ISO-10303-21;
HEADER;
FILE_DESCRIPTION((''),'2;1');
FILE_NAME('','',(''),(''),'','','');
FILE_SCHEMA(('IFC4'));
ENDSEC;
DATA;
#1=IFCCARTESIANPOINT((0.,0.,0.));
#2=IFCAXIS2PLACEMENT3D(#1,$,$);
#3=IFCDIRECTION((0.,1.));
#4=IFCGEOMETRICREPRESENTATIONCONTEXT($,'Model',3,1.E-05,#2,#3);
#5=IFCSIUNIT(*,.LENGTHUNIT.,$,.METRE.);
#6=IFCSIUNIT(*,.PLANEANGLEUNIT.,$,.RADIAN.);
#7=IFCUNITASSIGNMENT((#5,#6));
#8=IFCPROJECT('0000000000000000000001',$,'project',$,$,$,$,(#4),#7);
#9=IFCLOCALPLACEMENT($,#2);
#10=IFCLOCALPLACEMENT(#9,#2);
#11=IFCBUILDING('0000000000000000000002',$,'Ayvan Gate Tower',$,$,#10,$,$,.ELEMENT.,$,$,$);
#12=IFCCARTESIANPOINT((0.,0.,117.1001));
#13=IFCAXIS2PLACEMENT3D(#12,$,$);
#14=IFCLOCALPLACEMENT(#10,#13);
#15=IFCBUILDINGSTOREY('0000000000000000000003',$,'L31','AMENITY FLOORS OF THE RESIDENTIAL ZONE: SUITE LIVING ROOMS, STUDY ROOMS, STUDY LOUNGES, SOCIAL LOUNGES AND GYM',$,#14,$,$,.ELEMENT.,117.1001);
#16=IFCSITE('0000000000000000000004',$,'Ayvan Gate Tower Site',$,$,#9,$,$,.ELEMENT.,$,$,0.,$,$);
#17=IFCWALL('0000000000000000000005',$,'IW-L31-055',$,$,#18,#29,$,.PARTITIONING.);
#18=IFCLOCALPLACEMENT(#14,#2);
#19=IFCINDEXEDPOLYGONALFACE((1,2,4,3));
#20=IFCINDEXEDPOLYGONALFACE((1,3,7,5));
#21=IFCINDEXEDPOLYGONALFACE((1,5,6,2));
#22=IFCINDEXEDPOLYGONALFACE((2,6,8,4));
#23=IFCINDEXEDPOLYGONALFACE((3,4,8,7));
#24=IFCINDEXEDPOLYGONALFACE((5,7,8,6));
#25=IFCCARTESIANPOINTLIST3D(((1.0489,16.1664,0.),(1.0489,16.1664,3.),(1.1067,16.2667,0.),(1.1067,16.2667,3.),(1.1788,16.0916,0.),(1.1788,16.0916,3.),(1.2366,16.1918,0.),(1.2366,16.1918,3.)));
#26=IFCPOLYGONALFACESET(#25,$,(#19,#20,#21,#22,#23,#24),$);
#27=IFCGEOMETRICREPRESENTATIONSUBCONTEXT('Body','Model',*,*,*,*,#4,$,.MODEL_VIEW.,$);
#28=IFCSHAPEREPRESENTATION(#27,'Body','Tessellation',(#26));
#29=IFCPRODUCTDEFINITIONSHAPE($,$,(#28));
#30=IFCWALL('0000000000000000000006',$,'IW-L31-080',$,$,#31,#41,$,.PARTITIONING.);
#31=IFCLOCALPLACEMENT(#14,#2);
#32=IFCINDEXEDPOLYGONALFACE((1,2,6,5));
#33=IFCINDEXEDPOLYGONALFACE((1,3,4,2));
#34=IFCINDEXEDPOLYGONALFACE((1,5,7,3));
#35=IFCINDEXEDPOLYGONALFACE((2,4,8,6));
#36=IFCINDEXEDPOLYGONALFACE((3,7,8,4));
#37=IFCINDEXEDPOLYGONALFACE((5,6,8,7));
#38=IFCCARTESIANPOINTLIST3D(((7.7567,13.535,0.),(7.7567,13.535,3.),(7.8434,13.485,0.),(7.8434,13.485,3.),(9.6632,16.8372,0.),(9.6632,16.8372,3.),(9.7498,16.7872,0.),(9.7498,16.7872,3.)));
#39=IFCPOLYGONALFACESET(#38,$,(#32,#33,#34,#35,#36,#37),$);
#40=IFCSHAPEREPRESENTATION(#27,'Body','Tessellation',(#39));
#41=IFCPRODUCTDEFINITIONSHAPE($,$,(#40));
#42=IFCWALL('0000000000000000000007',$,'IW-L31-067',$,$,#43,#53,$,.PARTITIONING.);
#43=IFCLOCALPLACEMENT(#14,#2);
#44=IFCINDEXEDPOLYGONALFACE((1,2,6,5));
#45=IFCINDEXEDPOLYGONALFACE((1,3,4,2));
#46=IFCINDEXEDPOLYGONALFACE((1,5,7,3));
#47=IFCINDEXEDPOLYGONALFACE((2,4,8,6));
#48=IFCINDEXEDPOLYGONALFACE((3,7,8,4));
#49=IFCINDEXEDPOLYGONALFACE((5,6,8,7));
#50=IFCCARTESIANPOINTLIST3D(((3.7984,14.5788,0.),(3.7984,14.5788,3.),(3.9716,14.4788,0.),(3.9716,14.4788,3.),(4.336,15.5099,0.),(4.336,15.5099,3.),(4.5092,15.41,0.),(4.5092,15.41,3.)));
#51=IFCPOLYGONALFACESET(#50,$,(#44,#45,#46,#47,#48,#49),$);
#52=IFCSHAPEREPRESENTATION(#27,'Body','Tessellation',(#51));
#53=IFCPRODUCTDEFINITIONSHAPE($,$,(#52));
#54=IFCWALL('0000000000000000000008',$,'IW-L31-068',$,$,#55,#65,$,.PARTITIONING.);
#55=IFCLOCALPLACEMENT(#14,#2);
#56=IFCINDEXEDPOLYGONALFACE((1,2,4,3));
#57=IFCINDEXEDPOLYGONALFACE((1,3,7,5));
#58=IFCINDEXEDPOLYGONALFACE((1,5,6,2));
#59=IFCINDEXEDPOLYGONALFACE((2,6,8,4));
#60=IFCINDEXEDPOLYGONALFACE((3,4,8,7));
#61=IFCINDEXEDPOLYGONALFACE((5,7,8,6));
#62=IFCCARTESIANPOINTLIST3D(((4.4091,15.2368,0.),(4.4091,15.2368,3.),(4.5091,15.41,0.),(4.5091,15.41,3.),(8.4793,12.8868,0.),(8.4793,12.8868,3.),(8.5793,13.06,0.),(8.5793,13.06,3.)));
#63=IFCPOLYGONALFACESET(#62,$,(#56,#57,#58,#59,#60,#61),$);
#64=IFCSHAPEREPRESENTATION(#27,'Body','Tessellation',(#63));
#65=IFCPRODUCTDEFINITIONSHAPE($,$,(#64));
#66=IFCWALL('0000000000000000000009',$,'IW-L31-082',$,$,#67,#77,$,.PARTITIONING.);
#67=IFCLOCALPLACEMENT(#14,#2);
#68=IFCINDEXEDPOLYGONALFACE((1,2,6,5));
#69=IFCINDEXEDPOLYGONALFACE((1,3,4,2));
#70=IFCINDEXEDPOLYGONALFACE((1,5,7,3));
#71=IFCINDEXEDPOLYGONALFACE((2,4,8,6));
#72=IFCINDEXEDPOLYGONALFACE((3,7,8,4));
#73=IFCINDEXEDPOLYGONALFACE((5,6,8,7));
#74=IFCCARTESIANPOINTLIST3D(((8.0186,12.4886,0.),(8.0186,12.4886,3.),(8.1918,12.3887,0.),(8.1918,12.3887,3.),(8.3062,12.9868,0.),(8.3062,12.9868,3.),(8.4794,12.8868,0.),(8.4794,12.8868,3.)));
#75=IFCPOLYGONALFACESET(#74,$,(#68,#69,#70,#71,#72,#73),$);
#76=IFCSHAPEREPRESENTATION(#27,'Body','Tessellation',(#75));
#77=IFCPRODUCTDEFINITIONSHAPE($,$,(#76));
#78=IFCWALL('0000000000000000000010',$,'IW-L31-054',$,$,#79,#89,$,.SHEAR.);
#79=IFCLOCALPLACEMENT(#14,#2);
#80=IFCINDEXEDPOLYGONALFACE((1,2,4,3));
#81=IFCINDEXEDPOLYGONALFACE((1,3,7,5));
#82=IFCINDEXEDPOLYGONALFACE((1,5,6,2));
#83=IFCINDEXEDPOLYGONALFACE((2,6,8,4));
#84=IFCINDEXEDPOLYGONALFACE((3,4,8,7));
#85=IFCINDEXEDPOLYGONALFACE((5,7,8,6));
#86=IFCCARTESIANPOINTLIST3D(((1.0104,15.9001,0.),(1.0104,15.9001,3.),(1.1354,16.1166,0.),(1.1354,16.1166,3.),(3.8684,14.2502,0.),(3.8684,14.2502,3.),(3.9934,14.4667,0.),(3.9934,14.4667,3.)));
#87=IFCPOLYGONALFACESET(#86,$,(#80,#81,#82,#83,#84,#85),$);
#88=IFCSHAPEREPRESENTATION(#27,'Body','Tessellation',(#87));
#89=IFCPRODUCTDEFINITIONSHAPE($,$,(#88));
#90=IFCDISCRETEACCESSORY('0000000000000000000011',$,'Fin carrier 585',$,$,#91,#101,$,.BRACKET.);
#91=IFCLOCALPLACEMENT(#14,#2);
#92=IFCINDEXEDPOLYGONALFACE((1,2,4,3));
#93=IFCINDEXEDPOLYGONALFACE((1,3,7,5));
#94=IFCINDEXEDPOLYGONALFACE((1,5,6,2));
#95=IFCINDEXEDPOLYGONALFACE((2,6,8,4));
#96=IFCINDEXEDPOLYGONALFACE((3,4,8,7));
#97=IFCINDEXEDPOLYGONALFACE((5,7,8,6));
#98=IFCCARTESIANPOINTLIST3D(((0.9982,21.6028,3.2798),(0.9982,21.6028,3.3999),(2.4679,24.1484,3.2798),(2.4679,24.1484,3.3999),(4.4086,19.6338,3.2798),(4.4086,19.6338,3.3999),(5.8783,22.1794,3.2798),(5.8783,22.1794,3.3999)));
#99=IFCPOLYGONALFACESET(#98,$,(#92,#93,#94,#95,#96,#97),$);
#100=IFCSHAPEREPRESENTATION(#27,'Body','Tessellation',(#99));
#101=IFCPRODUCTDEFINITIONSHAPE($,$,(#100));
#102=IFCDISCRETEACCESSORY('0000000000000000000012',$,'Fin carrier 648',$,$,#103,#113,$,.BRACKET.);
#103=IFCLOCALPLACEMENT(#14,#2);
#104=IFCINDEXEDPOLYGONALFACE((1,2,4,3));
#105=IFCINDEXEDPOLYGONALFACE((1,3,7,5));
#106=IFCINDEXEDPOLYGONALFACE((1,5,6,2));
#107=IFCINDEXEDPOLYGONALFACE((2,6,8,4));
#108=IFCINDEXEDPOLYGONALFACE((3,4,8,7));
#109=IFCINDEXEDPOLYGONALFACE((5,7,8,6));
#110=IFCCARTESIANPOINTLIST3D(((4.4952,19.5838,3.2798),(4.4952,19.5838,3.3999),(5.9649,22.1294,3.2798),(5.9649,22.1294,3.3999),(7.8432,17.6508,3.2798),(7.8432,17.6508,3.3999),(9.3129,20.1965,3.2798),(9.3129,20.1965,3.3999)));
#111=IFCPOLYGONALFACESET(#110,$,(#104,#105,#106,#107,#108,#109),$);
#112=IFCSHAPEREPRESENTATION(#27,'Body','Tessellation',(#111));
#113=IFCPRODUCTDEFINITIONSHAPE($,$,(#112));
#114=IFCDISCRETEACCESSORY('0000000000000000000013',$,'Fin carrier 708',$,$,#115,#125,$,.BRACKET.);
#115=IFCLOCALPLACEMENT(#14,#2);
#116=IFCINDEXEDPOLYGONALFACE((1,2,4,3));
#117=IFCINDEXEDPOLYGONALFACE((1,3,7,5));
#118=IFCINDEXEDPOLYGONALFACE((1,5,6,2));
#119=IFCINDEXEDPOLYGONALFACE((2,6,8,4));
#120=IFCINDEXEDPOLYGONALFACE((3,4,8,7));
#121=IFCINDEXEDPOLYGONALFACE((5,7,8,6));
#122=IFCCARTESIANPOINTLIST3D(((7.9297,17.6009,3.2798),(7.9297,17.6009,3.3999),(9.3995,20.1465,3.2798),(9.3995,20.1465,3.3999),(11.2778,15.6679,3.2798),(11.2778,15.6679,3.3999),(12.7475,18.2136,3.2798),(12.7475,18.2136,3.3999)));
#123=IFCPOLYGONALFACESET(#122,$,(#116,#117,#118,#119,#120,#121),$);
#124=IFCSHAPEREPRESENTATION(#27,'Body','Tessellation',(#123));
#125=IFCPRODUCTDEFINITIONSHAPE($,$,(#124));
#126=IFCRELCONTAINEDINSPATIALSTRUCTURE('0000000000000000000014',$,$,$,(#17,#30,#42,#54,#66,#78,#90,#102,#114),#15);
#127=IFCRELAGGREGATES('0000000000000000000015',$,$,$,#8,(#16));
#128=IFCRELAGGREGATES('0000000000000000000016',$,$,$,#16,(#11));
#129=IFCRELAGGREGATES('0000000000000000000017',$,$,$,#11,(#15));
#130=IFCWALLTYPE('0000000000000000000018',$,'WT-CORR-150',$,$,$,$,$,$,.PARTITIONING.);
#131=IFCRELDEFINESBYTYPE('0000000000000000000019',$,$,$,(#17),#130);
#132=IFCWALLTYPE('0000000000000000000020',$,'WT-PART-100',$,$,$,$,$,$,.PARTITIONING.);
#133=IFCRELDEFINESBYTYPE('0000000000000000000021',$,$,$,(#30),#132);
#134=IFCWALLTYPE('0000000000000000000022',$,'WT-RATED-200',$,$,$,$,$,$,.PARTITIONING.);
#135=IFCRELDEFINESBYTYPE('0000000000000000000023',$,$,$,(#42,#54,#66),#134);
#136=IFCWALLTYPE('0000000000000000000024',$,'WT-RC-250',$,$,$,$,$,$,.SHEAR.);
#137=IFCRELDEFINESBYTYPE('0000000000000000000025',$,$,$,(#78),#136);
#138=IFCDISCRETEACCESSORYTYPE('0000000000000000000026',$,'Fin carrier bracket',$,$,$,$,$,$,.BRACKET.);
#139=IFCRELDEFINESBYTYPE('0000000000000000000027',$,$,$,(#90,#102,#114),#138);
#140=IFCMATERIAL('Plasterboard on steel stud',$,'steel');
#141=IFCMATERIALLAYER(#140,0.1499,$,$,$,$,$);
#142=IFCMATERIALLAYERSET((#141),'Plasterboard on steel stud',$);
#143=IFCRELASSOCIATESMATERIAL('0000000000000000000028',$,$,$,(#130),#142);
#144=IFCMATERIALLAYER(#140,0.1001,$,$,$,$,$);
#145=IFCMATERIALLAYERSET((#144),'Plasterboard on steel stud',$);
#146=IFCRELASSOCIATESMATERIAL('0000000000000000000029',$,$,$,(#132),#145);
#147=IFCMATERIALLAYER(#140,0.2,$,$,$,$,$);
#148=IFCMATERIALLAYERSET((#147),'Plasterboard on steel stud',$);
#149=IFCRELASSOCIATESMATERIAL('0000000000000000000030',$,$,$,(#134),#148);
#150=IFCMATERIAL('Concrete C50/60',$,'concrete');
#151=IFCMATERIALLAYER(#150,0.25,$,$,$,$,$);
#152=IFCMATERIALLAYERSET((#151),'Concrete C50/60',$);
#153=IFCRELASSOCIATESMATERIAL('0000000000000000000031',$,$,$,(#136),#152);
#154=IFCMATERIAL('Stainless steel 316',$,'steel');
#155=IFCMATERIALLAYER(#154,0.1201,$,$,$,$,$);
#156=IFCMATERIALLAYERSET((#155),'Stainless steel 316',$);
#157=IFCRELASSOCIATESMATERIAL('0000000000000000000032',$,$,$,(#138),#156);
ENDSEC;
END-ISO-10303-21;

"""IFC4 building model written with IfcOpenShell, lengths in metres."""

from ifc_helpers import new_model, si_unit, direction, frame, frame_2d, origin, origin_2d, place, context, subcontext, project, spatial, rectangle, extrude, material, layer, layer_set, type_object, element, save


model = new_model("IFC4")

# Units and contexts
model_context = context("Model", 3, precision=1e-05, world=origin(), true_north=direction((0.0, 1.0)))
body_context = subcontext(model_context, "Body", "Model", "MODEL_VIEW")
ifc_project = project(units=[si_unit("LENGTHUNIT", "METRE"), si_unit("PLANEANGLEUNIT", "RADIAN")], contexts=[model_context])

# Site, building, storey
site_placement = place(None, origin())
site = spatial("IfcSite", under=ifc_project, at=site_placement, Name="Ayvan Gate Tower Site", CompositionType="ELEMENT", RefElevation=0.0)
building_placement = place(site_placement, origin())
building = spatial("IfcBuilding", under=site, at=building_placement, Name="Ayvan Gate Tower", CompositionType="ELEMENT")
storey_placement = place(building_placement, frame((0.0, 0.0, 117.1001)))
storey = spatial("IfcBuildingStorey", under=building, at=storey_placement, Name="L31", Description="AMENITY FLOORS OF THE RESIDENTIAL ZONE: SUITE LIVING ROOMS, STUDY ROOMS, STUDY LOUNGES, SOCIAL LOUNGES AND GYM", CompositionType="ELEMENT", Elevation=117.1001)

# Walls
ifc_material_1 = material(Name="Plasterboard on steel stud", Category="steel")
ifc_layer_1 = layer(ifc_material_1, 0.1499)
ifc_layer_set_1 = layer_set([ifc_layer_1], Name="Plasterboard on steel stud")
wall_type_1 = type_object("IfcWallType", Name="WT-CORR-150", PredefinedType="PARTITIONING", material=ifc_layer_set_1)
wall_1_placement = place(storey_placement, frame((1.1716, 16.2292, 0.0), z_axis=(0.0, 0.0, 1.0), x_axis=(-0.49954, -0.866291, 0.0)))
element("IfcWall", 1, at=wall_1_placement, inside=storey, type_object=wall_type_1, Name="IW-L31-055", PredefinedType="PARTITIONING", context=body_context, shape_type="SweptSolid", body=[
    extrude(rectangle(XDim=0.1157, YDim=0.1499, at=frame_2d((0.0579, 0.0))), origin(), (0.0, 0.0, 1.0), 3.0),
])
ifc_layer_2 = layer(ifc_material_1, 0.1001)
ifc_layer_set_2 = layer_set([ifc_layer_2], Name="Plasterboard on steel stud")
wall_type_2 = type_object("IfcWallType", Name="WT-PART-100", PredefinedType="PARTITIONING", material=ifc_layer_set_2)
wall_2_placement = place(storey_placement, frame((7.8, 13.51, 0.0), z_axis=(0.0, 0.0, 1.0), x_axis=(0.499988, 0.866032, 0.0)))
element("IfcWall", 2, at=wall_2_placement, inside=storey, type_object=wall_type_2, Name="IW-L31-080", PredefinedType="PARTITIONING", context=body_context, shape_type="SweptSolid", body=[
    extrude(rectangle(XDim=3.813, YDim=0.1001, at=frame_2d((1.9065, 0.0))), origin(), (0.0, 0.0, 1.0), 3.0),
])
ifc_layer_3 = layer(ifc_material_1, 0.2)
ifc_layer_set_3 = layer_set([ifc_layer_3], Name="Plasterboard on steel stud")
wall_type_3 = type_object("IfcWallType", Name="WT-RATED-200", PredefinedType="PARTITIONING", material=ifc_layer_set_3)
wall_3_placement = place(storey_placement, frame((3.885, 14.5288, 0.0), z_axis=(0.0, 0.0, 1.0), x_axis=(0.499998, 0.866027, 0.0)))
element("IfcWall", 3, at=wall_3_placement, inside=storey, type_object=wall_type_3, Name="IW-L31-067", PredefinedType="PARTITIONING", context=body_context, shape_type="SweptSolid", body=[
    extrude(rectangle(XDim=1.0752, YDim=0.2, at=frame_2d((0.5376, 0.0))), origin(), (0.0, 0.0, 1.0), 3.0),
])
wall_4_placement = place(storey_placement, frame((4.459, 15.3235, 0.0), z_axis=(0.0, 0.0, 1.0), x_axis=(0.866016, -0.500016, 0.0)))
element("IfcWall", 4, at=wall_4_placement, inside=storey, type_object=wall_type_3, Name="IW-L31-068", PredefinedType="PARTITIONING", context=body_context, shape_type="SweptSolid", body=[
    extrude(rectangle(XDim=4.7, YDim=0.2, at=frame_2d((2.3501, 0.0))), origin(), (0.0, 0.0, 1.0), 3.0),
])
wall_5_placement = place(storey_placement, frame((8.3928, 12.9368, 0.0), z_axis=(0.0, 0.0, 1.0), x_axis=(-0.500065, -0.865988, 0.0)))
element("IfcWall", 5, at=wall_5_placement, inside=storey, type_object=wall_type_3, Name="IW-L31-082", PredefinedType="PARTITIONING", context=body_context, shape_type="SweptSolid", body=[
    extrude(rectangle(XDim=0.5752, YDim=0.2, at=frame_2d((0.2876, 0.0))), origin(), (0.0, 0.0, 1.0), 3.0),
])
ifc_material_2 = material(Name="Concrete C50/60", Category="concrete")
ifc_layer_4 = layer(ifc_material_2, 0.25)
ifc_layer_set_4 = layer_set([ifc_layer_4], Name="Concrete C50/60")
wall_type_4 = type_object("IfcWallType", Name="WT-RC-250", PredefinedType="SHEAR", material=ifc_layer_set_4)
wall_6_placement = place(storey_placement, frame((1.073, 16.0083, 0.0), z_axis=(0.0, 0.0, 1.0), x_axis=(0.86604, -0.499974, 0.0)))
element("IfcWall", 6, at=wall_6_placement, inside=storey, type_object=wall_type_4, Name="IW-L31-054", PredefinedType="SHEAR", context=body_context, shape_type="SweptSolid", body=[
    extrude(rectangle(XDim=3.3, YDim=0.25, at=frame_2d((1.6499, 0.0))), origin(), (0.0, 0.0, 1.0), 3.0),
])

# Discrete accessories
ifc_material_3 = material(Name="Stainless steel 316", Category="steel")
ifc_layer_5 = layer(ifc_material_3, 0.1201)
ifc_layer_set_5 = layer_set([ifc_layer_5], Name="Stainless steel 316")
discrete_accessory_type = type_object("IfcDiscreteAccessoryType", Name="Fin carrier bracket", PredefinedType="BRACKET", material=ifc_layer_set_5)
discrete_accessory_placement = place(storey_placement, frame((3.4382, 21.8911, 3.2798), z_axis=(0.0, 0.0, 1.0), x_axis=(-0.866025, 0.5, 0.0)))
element("IfcDiscreteAccessory", 7, at=discrete_accessory_placement, inside=storey, type_object=discrete_accessory_type, Name="Fin carrier 585", PredefinedType="BRACKET", context=body_context, shape_type="SweptSolid", body=[
    extrude(rectangle(XDim=3.938, YDim=2.9395, at=origin_2d()), origin(), (0.0, 0.0, 1.0), 0.1201),
])
for number, where, z_axis, x_axis, name in (
    (8, (6.9041, 19.8901, 3.2798), (0.0, 0.0, 1.0), (-0.866025, 0.5, 0.0), "Fin carrier 648"),
    (9, (10.3386, 17.9072, 3.2798), (0.0, 0.0, 1.0), (-0.866025, 0.5, 0.0), "Fin carrier 708"),
):
    element("IfcDiscreteAccessory", number, at=place(storey_placement, frame(where, z_axis=z_axis, x_axis=x_axis)), inside=storey, type_object=discrete_accessory_type, Name=name, PredefinedType="BRACKET", context=body_context, shape_type="SweptSolid", body=[
        extrude(rectangle(XDim=3.866, YDim=2.9395, at=origin_2d()), origin(), (0.0, 0.0, 1.0), 0.1201),
    ])

save(model, "model.ifc")
